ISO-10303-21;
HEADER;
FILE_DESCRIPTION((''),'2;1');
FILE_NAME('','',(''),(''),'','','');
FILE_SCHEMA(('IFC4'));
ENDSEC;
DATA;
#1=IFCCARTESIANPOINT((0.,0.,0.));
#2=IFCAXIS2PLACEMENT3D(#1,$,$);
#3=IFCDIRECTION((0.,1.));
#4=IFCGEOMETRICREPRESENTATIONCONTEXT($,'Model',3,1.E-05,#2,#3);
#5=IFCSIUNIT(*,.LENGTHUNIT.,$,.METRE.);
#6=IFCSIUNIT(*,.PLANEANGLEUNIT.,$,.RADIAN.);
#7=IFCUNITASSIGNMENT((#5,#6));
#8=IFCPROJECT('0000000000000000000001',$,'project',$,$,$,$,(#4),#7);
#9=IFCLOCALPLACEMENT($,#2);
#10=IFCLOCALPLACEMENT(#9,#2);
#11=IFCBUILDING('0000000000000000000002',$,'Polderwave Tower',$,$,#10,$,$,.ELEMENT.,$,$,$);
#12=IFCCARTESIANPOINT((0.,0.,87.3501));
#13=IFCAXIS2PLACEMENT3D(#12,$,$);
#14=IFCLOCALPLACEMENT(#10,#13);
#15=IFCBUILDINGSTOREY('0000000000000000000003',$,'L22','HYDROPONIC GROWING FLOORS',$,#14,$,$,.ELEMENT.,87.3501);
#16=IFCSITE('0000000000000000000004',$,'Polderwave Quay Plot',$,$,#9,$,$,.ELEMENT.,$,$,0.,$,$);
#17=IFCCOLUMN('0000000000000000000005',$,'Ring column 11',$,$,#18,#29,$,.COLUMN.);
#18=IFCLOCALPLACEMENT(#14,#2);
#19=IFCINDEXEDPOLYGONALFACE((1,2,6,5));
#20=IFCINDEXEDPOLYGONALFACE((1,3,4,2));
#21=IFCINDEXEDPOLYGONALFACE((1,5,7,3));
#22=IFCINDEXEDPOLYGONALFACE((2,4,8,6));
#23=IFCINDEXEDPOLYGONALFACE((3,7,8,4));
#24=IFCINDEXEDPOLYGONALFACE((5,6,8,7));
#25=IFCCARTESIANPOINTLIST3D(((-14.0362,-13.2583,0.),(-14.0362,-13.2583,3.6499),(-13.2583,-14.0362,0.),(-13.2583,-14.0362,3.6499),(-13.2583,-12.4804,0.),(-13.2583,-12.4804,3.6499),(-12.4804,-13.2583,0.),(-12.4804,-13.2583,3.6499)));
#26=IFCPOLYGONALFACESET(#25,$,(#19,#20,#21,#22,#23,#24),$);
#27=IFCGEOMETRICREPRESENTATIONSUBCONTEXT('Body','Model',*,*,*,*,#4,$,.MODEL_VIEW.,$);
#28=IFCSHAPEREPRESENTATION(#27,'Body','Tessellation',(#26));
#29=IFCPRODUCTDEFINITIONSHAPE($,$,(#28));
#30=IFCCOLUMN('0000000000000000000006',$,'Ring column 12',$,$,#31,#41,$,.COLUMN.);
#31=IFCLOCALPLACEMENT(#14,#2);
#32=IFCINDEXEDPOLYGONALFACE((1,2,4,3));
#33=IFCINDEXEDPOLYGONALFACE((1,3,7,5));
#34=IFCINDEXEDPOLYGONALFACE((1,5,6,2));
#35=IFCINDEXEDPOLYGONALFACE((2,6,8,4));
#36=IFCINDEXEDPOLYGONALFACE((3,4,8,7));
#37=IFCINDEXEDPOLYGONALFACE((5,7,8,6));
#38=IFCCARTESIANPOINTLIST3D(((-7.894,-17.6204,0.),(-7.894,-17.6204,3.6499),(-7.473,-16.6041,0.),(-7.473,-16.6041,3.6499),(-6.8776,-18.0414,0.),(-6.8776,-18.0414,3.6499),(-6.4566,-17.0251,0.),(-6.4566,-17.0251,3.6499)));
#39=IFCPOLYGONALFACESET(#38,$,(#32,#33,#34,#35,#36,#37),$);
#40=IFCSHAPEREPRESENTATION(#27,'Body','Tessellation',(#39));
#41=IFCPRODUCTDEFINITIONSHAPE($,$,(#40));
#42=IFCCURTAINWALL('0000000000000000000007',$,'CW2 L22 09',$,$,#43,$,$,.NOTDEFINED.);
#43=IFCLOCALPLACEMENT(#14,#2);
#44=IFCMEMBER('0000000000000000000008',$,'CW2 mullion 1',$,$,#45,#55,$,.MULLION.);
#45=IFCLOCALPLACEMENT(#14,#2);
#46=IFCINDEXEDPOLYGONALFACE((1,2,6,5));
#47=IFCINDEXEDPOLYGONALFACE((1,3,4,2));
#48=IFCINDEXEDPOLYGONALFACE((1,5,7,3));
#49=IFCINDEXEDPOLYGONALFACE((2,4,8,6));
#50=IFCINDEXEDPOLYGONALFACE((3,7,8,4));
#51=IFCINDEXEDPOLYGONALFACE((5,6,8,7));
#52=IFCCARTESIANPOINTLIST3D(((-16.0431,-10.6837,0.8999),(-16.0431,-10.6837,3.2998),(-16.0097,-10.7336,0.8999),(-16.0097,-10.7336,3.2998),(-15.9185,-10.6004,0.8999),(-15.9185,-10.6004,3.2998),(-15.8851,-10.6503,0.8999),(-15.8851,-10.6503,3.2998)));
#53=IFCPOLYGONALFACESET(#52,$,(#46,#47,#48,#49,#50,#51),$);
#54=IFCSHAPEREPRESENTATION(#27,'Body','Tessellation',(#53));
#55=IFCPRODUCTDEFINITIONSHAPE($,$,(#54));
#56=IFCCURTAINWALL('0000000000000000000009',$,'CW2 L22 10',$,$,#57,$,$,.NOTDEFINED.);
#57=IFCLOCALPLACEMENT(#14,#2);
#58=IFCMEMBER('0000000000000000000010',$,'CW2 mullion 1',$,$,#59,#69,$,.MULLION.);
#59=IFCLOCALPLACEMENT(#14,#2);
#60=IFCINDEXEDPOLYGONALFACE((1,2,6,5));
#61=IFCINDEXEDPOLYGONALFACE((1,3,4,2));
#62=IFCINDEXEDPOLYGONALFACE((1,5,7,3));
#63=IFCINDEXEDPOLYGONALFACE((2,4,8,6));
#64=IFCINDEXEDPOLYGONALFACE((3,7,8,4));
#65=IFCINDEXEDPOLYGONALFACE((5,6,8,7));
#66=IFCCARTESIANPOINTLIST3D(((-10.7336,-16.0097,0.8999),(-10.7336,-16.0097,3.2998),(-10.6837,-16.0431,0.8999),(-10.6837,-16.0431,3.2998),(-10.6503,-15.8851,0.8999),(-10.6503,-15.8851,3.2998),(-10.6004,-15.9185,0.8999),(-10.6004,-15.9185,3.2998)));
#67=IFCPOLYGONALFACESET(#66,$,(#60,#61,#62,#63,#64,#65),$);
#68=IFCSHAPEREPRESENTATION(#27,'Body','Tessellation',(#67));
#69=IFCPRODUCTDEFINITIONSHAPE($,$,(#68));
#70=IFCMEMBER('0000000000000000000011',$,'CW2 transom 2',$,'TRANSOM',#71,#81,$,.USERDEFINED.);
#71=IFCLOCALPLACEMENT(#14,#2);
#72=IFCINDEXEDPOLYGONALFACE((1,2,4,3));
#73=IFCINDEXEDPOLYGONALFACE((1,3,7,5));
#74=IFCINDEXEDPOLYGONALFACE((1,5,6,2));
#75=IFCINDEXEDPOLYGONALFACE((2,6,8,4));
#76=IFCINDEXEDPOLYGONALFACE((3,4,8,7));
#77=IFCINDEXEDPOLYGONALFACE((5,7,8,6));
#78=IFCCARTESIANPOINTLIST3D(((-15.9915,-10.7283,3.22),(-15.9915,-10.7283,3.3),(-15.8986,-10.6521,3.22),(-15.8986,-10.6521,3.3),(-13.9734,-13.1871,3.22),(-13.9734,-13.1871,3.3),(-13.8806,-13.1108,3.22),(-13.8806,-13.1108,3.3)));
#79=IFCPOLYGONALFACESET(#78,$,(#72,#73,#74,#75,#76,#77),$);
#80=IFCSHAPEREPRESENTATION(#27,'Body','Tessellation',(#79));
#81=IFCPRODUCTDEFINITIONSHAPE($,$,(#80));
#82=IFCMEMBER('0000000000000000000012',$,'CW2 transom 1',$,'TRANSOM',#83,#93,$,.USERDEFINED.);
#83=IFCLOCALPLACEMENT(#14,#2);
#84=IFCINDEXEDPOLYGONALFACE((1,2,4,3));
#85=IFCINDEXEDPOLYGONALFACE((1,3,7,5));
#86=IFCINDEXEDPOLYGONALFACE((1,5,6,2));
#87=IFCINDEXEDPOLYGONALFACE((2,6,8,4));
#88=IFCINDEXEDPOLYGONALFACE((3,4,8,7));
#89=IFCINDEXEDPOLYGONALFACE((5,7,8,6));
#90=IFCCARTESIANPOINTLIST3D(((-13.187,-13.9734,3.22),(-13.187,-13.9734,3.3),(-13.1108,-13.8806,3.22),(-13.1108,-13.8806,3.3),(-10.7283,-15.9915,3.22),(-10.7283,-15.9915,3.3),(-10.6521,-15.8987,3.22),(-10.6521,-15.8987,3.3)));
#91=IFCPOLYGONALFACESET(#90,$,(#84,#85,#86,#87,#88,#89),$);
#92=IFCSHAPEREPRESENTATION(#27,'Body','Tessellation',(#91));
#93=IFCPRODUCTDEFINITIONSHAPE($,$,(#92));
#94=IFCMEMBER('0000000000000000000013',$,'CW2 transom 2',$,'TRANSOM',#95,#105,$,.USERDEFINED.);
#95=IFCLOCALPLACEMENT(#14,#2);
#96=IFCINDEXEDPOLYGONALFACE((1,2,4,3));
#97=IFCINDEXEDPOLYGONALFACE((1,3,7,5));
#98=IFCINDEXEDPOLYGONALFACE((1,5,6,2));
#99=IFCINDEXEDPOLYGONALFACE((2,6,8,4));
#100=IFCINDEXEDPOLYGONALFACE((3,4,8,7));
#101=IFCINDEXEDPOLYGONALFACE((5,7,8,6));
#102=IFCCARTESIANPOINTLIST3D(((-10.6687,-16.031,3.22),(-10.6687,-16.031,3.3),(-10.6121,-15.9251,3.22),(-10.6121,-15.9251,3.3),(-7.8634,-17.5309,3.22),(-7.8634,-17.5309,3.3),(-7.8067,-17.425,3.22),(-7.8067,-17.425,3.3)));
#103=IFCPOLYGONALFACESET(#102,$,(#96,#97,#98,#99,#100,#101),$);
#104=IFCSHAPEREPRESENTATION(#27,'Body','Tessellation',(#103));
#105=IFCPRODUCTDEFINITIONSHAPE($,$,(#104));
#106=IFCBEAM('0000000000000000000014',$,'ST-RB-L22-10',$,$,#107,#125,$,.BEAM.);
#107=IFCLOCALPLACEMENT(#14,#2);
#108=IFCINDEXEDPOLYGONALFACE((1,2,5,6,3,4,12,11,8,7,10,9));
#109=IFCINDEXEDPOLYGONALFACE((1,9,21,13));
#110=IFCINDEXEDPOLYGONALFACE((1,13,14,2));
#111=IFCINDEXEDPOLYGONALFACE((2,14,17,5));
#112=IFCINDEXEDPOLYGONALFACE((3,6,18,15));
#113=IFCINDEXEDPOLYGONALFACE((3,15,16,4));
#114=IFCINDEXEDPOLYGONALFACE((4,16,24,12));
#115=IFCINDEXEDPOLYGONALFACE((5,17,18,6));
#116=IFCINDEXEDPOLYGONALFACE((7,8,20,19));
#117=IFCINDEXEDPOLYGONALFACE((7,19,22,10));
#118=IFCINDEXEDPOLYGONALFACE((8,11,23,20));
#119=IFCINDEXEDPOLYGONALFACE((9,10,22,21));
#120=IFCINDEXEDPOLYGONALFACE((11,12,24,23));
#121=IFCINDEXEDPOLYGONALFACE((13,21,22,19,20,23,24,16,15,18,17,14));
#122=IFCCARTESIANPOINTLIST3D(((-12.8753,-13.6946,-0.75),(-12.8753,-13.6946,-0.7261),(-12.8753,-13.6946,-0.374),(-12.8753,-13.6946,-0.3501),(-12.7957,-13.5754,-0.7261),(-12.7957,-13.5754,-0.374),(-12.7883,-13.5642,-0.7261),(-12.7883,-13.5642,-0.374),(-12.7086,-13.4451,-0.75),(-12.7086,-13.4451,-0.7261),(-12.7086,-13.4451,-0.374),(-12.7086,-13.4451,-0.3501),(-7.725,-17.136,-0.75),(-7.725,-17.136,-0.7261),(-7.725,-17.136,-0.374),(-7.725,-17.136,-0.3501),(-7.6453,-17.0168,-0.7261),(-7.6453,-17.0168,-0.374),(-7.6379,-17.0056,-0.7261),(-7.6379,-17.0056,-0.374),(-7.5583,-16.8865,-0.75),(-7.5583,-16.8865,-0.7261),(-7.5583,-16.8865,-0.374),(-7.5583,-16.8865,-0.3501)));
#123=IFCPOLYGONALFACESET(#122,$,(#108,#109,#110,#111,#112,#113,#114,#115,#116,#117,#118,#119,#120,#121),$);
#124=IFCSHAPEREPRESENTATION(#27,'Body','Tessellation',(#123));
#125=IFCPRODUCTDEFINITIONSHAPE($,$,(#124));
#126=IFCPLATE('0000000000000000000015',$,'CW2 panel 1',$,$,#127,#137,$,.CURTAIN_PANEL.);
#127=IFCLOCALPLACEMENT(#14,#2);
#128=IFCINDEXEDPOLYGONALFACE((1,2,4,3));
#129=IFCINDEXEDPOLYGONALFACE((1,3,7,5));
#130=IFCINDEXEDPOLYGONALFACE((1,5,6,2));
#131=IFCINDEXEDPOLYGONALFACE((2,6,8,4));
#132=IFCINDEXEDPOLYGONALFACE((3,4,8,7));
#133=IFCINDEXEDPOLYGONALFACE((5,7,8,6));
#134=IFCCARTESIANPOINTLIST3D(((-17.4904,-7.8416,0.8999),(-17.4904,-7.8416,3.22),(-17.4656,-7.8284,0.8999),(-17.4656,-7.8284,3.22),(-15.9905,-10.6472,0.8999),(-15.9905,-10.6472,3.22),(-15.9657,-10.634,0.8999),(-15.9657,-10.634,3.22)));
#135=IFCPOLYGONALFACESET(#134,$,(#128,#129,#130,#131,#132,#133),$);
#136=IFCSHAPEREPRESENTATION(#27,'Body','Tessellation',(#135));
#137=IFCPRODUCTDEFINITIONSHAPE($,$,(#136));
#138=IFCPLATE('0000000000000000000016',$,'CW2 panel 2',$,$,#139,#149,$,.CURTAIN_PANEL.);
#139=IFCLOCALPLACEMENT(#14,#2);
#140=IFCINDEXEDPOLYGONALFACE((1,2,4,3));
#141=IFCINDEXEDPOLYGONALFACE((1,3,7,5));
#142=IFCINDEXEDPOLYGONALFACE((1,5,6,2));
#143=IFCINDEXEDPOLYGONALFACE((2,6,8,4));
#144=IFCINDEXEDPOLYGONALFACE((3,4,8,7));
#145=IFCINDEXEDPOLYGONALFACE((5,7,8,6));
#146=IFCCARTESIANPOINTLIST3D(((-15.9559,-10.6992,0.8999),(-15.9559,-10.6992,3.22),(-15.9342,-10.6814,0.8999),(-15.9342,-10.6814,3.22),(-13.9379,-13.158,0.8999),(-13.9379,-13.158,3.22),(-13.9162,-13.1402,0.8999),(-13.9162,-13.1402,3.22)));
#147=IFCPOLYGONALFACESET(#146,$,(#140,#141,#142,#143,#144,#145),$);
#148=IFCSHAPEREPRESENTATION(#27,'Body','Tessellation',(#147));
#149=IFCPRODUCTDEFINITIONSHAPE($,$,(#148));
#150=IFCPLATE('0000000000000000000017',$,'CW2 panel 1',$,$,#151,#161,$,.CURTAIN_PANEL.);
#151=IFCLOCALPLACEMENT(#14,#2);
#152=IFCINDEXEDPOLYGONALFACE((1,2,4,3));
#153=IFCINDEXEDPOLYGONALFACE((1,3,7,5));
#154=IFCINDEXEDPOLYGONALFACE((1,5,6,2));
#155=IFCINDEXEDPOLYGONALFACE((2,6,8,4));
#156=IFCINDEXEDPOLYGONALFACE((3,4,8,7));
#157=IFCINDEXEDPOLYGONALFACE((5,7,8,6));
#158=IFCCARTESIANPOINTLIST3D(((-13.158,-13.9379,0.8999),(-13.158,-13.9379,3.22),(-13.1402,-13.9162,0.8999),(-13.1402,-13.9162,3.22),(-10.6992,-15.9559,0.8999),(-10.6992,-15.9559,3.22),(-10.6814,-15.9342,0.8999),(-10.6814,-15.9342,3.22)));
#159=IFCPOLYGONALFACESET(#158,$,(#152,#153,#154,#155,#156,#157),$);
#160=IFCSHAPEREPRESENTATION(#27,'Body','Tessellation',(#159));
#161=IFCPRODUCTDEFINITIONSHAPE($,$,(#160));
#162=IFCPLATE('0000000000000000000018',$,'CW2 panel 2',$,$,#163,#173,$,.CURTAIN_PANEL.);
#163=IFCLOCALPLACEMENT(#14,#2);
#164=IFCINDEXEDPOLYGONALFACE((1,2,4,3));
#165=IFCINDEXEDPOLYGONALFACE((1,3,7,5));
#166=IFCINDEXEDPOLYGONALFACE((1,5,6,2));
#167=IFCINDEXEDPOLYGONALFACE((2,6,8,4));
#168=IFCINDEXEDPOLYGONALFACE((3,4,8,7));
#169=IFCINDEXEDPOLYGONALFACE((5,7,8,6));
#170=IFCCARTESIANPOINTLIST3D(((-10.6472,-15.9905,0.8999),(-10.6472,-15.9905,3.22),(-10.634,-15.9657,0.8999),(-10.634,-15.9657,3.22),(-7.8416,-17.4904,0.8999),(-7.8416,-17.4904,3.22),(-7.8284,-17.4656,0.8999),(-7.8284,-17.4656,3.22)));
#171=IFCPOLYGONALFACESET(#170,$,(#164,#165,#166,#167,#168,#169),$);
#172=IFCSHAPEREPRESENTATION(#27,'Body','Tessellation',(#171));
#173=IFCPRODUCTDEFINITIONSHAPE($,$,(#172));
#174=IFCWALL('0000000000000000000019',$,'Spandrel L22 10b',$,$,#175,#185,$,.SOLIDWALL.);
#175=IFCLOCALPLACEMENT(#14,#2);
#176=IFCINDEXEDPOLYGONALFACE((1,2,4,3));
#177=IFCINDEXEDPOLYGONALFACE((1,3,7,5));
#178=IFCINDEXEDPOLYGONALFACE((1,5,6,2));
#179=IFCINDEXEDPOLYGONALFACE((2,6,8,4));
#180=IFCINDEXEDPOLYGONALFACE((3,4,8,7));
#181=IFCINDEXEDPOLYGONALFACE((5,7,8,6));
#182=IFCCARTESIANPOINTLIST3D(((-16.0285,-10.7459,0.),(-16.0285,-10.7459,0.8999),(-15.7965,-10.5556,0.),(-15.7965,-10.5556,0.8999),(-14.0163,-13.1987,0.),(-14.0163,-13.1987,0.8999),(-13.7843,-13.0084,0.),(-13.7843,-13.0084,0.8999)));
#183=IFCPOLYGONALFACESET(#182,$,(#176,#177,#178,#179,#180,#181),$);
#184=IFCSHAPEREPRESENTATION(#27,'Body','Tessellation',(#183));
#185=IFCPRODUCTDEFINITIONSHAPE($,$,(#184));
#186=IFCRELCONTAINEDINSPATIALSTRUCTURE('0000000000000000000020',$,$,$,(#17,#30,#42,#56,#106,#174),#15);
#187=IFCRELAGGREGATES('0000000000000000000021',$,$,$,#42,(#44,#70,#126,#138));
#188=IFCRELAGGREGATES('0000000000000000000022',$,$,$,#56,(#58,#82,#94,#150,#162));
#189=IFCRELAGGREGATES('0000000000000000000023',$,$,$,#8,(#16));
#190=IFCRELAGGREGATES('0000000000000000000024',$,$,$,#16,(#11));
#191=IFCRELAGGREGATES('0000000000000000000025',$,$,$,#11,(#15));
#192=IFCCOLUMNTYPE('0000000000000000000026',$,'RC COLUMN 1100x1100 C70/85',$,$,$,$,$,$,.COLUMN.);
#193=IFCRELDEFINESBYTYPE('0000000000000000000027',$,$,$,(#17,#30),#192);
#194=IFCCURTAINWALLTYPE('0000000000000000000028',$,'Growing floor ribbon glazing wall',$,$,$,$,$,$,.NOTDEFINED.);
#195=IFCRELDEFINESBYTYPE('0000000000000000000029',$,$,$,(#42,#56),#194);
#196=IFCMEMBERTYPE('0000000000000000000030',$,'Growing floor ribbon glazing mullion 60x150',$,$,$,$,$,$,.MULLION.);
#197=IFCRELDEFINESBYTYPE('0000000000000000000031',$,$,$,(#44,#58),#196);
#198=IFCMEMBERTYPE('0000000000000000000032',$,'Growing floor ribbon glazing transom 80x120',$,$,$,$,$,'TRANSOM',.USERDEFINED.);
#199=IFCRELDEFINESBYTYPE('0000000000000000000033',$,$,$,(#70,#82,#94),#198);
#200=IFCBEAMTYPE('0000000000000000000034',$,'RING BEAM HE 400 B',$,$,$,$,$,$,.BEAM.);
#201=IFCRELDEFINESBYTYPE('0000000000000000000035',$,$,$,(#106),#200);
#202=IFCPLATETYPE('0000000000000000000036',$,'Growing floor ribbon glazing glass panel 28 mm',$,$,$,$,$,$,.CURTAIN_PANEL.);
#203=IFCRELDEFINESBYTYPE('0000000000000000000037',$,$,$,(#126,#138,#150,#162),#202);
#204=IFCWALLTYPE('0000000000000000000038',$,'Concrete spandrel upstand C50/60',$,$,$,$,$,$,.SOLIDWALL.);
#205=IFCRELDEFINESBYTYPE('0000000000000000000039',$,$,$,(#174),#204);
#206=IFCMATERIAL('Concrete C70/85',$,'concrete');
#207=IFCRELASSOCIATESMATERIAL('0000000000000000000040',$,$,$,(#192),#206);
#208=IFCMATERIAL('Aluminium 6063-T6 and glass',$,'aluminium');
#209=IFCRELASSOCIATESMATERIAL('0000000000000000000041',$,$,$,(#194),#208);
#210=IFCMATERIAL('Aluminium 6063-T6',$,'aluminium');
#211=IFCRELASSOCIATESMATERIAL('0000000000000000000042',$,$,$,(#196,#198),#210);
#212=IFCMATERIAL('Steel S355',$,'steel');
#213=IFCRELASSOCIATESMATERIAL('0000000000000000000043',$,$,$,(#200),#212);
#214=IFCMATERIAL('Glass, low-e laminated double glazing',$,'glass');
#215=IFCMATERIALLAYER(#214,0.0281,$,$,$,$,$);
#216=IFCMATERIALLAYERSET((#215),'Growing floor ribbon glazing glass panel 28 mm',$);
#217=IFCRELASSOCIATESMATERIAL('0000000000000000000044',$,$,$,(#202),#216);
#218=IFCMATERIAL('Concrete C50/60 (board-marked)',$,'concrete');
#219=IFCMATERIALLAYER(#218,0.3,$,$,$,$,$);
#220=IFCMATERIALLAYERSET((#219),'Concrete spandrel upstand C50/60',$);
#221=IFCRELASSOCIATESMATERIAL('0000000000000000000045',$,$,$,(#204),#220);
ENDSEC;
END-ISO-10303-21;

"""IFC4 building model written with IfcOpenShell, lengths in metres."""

from ifc_helpers import new_model, si_unit, direction, frame, frame_2d, origin, origin_2d, place, context, subcontext, project, spatial, rectangle, i_section, extrude, material, layer, layer_set, material_profile, profile_set, type_object, element, aggregate, save


model = new_model("IFC4")

# Units and contexts
model_context = context("Model", 3, precision=1e-05, world=origin(), true_north=direction((0.0, 1.0)))
body_context = subcontext(model_context, "Body", "Model", "MODEL_VIEW")
ifc_project = project(units=[si_unit("LENGTHUNIT", "METRE"), si_unit("PLANEANGLEUNIT", "RADIAN")], contexts=[model_context])

# Site, building, storey
site_placement = place(None, origin())
site = spatial("IfcSite", under=ifc_project, at=site_placement, Name="Polderwave Quay Plot", CompositionType="ELEMENT", RefElevation=0.0)
building_placement = place(site_placement, origin())
building = spatial("IfcBuilding", under=site, at=building_placement, Name="Polderwave Tower", CompositionType="ELEMENT")
storey_placement = place(building_placement, frame((0.0, 0.0, 87.3501)))
storey = spatial("IfcBuildingStorey", under=building, at=storey_placement, Name="L22", Description="HYDROPONIC GROWING FLOORS", CompositionType="ELEMENT", Elevation=87.3501)

# Columns
ifc_material_1 = material(Name="Concrete C70/85", Category="concrete")
ifc_material_profile_1 = material_profile(ifc_material_1, rectangle(XDim=1.1001, YDim=1.1001, at=origin_2d()), Name="RC 1100x1100")
ifc_profile_set_1 = profile_set([ifc_material_profile_1], Name="Concrete C70/85")
column_type = type_object("IfcColumnType", Name="RC COLUMN 1100x1100 C70/85", PredefinedType="COLUMN", material=ifc_profile_set_1)
for number, where, z_axis, x_axis, name in (
    (1, (-13.2583, -13.2583, 0.0), (0.0, 0.0, 1.0), (-0.707107, -0.707107, 0.0), "Ring column 11"),
    (2, (-7.1753, -17.3228, 0.0), (0.0, 0.0, 1.0), (-0.382683, -0.92388, 0.0), "Ring column 12"),
):
    element("IfcColumn", number, at=place(storey_placement, frame(where, z_axis=z_axis, x_axis=x_axis)), inside=storey, type_object=column_type, Name=name, PredefinedType="COLUMN", context=body_context, shape_type="SweptSolid", body=[
        extrude(rectangle(XDim=1.1001, YDim=1.1001, at=origin_2d()), origin(), (0.0, 0.0, 1.0), 3.6499),
    ])

# Curtain walls, members
ifc_material_2 = material(Name="Aluminium 6063-T6 and glass", Category="aluminium")
curtain_wall_type = type_object("IfcCurtainWallType", Name="Growing floor ribbon glazing wall", PredefinedType="NOTDEFINED", material=ifc_material_2)
curtain_wall_1_placement = place(storey_placement, origin())
curtain_wall_1 = element("IfcCurtainWall", 3, at=curtain_wall_1_placement, inside=storey, type_object=curtain_wall_type, Name="CW2 L22 09", PredefinedType="NOTDEFINED")
ifc_material_3 = material(Name="Aluminium 6063-T6", Category="aluminium")
ifc_material_profile_2 = material_profile(ifc_material_3, rectangle(XDim=0.1499, YDim=0.0601, at=origin_2d()), Name="AL 60x150")
ifc_profile_set_2 = profile_set([ifc_material_profile_2], Name="Aluminium 6063-T6")
member_type_1 = type_object("IfcMemberType", Name="Growing floor ribbon glazing mullion 60x150", PredefinedType="MULLION", material=ifc_profile_set_2)
member_1_placement = place(storey_placement, frame((-15.9641, -10.667, 0.8999), z_axis=(0.0, 0.0, 1.0), x_axis=(0.831444, 0.555608, 0.0)))
member_1 = element("IfcMember", 4, at=member_1_placement, type_object=member_type_1, Name="CW2 mullion 1", PredefinedType="MULLION", context=body_context, shape_type="SweptSolid", body=[
    extrude(rectangle(XDim=0.1499, YDim=0.0601, at=origin_2d()), origin(), (0.0, 0.0, 1.0), 2.3999),
])
curtain_wall_2_placement = place(storey_placement, origin())
curtain_wall_2 = element("IfcCurtainWall", 5, at=curtain_wall_2_placement, inside=storey, type_object=curtain_wall_type, Name="CW2 L22 10", PredefinedType="NOTDEFINED")
member_2_placement = place(storey_placement, frame((-10.667, -15.9641, 0.8999), z_axis=(0.0, 0.0, 1.0), x_axis=(0.555608, 0.831444, 0.0)))
member_2 = element("IfcMember", 6, at=member_2_placement, type_object=member_type_1, Name="CW2 mullion 1", PredefinedType="MULLION", context=body_context, shape_type="SweptSolid", body=[
    extrude(rectangle(XDim=0.1499, YDim=0.0601, at=origin_2d()), origin(), (0.0, 0.0, 1.0), 2.3999),
])

# Members
ifc_material_profile_3 = material_profile(ifc_material_3, rectangle(XDim=0.1201, YDim=0.0801, at=origin_2d()), Name="AL 80x120")
ifc_profile_set_3 = profile_set([ifc_material_profile_3], Name="Aluminium 6063-T6")
member_type_2 = type_object("IfcMemberType", Name="Growing floor ribbon glazing transom 80x120", ElementType="TRANSOM", PredefinedType="USERDEFINED", material=ifc_profile_set_3)
member_3_placement = place(storey_placement, frame((-15.9451, -10.6902, 3.26), z_axis=(0.634437, -0.772975, 0.0), x_axis=(0.772975, 0.634437, 0.0)))
member_3 = element("IfcMember", 7, at=member_3_placement, type_object=member_type_2, Name="CW2 transom 2", ObjectType="TRANSOM", PredefinedType="USERDEFINED", context=body_context, shape_type="SweptSolid", body=[
    extrude(rectangle(XDim=0.1201, YDim=0.0801, at=origin_2d()), origin(), (0.0, 0.0, 1.0), 3.1809),
])
member_4_placement = place(storey_placement, frame((-13.1489, -13.927, 3.26), z_axis=(0.772975, -0.634437, 0.0), x_axis=(0.634437, 0.772975, 0.0)))
member_4 = element("IfcMember", 8, at=member_4_placement, type_object=member_type_2, Name="CW2 transom 1", ObjectType="TRANSOM", PredefinedType="USERDEFINED", context=body_context, shape_type="SweptSolid", body=[
    extrude(rectangle(XDim=0.1201, YDim=0.0801, at=origin_2d()), origin(), (0.0, 0.0, 1.0), 3.1809),
])
member_5_placement = place(storey_placement, frame((-10.6404, -15.978, 3.26), z_axis=(0.88186, -0.471512, 0.0), x_axis=(0.471512, 0.88186, 0.0)))
member_5 = element("IfcMember", 9, at=member_5_placement, type_object=member_type_2, Name="CW2 transom 2", ObjectType="TRANSOM", PredefinedType="USERDEFINED", context=body_context, shape_type="SweptSolid", body=[
    extrude(rectangle(XDim=0.1201, YDim=0.0801, at=origin_2d()), origin(), (0.0, 0.0, 1.0), 3.1812),
])

# Beam
ifc_material_4 = material(Name="Steel S355", Category="steel")
ifc_material_profile_4 = material_profile(ifc_material_4, i_section(OverallWidth=0.3, OverallDepth=0.3999, WebThickness=0.0134, FlangeThickness=0.0239, at=origin_2d()), Name="HE 400 B")
ifc_profile_set_4 = profile_set([ifc_material_profile_4], Name="Steel S355")
beam_type = type_object("IfcBeamType", Name="RING BEAM HE 400 B", PredefinedType="BEAM", material=ifc_profile_set_4)
beam_placement = place(storey_placement, frame((-12.792, -13.5698, -0.55), z_axis=(0.831468, -0.555573, 0.0), x_axis=(0.555573, 0.831468, 0.0)))
element("IfcBeam", 10, at=beam_placement, inside=storey, type_object=beam_type, Name="ST-RB-L22-10", PredefinedType="BEAM", context=body_context, shape_type="SweptSolid", body=[
    extrude(i_section(OverallWidth=0.3, OverallDepth=0.3999, WebThickness=0.0134, FlangeThickness=0.0239, at=origin_2d()), origin(), (0.0, 0.0, 1.0), 6.1943),
])

# Plates
ifc_material_5 = material(Name="Glass, low-e laminated double glazing", Category="glass")
ifc_layer_1 = layer(ifc_material_5, 0.0281)
ifc_layer_set_1 = layer_set([ifc_layer_1], Name="Growing floor ribbon glazing glass panel 28 mm")
plate_type = type_object("IfcPlateType", Name="Growing floor ribbon glazing glass panel 28 mm", PredefinedType="CURTAIN_PANEL", material=ifc_layer_set_1)
plate_1_placement = place(storey_placement, frame((-16.728, -9.2378, 0.8999), z_axis=(0.0, 0.0, 1.0), x_axis=(0.471461, -0.881887, 0.0)))
plate_1 = element("IfcPlate", 11, at=plate_1_placement, type_object=plate_type, Name="CW2 panel 1", PredefinedType="CURTAIN_PANEL", context=body_context, shape_type="SweptSolid", body=[
    extrude(rectangle(XDim=3.1814, YDim=0.0281, at=origin_2d()), origin(), (0.0, 0.0, 1.0), 2.3201),
])
plate_2_placement = place(storey_placement, frame((-14.936, -11.9197, 0.8999), z_axis=(0.0, 0.0, 1.0), x_axis=(0.634407, -0.772999, 0.0)))
plate_2 = element("IfcPlate", 12, at=plate_2_placement, type_object=plate_type, Name="CW2 panel 2", PredefinedType="CURTAIN_PANEL", context=body_context, shape_type="SweptSolid", body=[
    extrude(rectangle(XDim=3.1809, YDim=0.0281, at=origin_2d()), origin(), (0.0, 0.0, 1.0), 2.3201),
])
aggregate(curtain_wall_1, [member_1, member_3, plate_1, plate_2])
plate_3_placement = place(storey_placement, frame((-11.9197, -14.936, 0.8999), z_axis=(0.0, 0.0, 1.0), x_axis=(0.772999, -0.634407, 0.0)))
plate_3 = element("IfcPlate", 13, at=plate_3_placement, type_object=plate_type, Name="CW2 panel 1", PredefinedType="CURTAIN_PANEL", context=body_context, shape_type="SweptSolid", body=[
    extrude(rectangle(XDim=3.1809, YDim=0.0281, at=origin_2d()), origin(), (0.0, 0.0, 1.0), 2.3201),
])
plate_4_placement = place(storey_placement, frame((-9.2378, -16.728, 0.8999), z_axis=(0.0, 0.0, 1.0), x_axis=(0.881887, -0.471461, 0.0)))
plate_4 = element("IfcPlate", 14, at=plate_4_placement, type_object=plate_type, Name="CW2 panel 2", PredefinedType="CURTAIN_PANEL", context=body_context, shape_type="SweptSolid", body=[
    extrude(rectangle(XDim=3.1814, YDim=0.0281, at=origin_2d()), origin(), (0.0, 0.0, 1.0), 2.3201),
])
aggregate(curtain_wall_2, [member_2, member_4, member_5, plate_3, plate_4])

# Wall
ifc_material_6 = material(Name="Concrete C50/60 (board-marked)", Category="concrete")
ifc_layer_2 = layer(ifc_material_6, 0.3)
ifc_layer_set_2 = layer_set([ifc_layer_2], Name="Concrete spandrel upstand C50/60")
wall_type_1 = type_object("IfcWallType", Name="Concrete spandrel upstand C50/60", PredefinedType="SOLIDWALL", material=ifc_layer_set_2)
for number, where, z_axis, x_axis, name in (
    (15, (-15.9126, -10.6506, 0.0), (0.0, 0.0, 1.0), (0.634239, -0.773137, 0.0), "Spandrel L22 10b"),
):
    element("IfcWall", number, at=place(storey_placement, frame(where, z_axis=z_axis, x_axis=x_axis)), inside=storey, type_object=wall_type_1, Name=name, PredefinedType="SOLIDWALL", context=body_context, shape_type="SweptSolid", body=[
        extrude(rectangle(XDim=3.1726, YDim=0.3, at=frame_2d((1.5864, 0.0))), origin(), (0.0, 0.0, 1.0), 0.8999),
    ])

save(model, "model.ifc")
